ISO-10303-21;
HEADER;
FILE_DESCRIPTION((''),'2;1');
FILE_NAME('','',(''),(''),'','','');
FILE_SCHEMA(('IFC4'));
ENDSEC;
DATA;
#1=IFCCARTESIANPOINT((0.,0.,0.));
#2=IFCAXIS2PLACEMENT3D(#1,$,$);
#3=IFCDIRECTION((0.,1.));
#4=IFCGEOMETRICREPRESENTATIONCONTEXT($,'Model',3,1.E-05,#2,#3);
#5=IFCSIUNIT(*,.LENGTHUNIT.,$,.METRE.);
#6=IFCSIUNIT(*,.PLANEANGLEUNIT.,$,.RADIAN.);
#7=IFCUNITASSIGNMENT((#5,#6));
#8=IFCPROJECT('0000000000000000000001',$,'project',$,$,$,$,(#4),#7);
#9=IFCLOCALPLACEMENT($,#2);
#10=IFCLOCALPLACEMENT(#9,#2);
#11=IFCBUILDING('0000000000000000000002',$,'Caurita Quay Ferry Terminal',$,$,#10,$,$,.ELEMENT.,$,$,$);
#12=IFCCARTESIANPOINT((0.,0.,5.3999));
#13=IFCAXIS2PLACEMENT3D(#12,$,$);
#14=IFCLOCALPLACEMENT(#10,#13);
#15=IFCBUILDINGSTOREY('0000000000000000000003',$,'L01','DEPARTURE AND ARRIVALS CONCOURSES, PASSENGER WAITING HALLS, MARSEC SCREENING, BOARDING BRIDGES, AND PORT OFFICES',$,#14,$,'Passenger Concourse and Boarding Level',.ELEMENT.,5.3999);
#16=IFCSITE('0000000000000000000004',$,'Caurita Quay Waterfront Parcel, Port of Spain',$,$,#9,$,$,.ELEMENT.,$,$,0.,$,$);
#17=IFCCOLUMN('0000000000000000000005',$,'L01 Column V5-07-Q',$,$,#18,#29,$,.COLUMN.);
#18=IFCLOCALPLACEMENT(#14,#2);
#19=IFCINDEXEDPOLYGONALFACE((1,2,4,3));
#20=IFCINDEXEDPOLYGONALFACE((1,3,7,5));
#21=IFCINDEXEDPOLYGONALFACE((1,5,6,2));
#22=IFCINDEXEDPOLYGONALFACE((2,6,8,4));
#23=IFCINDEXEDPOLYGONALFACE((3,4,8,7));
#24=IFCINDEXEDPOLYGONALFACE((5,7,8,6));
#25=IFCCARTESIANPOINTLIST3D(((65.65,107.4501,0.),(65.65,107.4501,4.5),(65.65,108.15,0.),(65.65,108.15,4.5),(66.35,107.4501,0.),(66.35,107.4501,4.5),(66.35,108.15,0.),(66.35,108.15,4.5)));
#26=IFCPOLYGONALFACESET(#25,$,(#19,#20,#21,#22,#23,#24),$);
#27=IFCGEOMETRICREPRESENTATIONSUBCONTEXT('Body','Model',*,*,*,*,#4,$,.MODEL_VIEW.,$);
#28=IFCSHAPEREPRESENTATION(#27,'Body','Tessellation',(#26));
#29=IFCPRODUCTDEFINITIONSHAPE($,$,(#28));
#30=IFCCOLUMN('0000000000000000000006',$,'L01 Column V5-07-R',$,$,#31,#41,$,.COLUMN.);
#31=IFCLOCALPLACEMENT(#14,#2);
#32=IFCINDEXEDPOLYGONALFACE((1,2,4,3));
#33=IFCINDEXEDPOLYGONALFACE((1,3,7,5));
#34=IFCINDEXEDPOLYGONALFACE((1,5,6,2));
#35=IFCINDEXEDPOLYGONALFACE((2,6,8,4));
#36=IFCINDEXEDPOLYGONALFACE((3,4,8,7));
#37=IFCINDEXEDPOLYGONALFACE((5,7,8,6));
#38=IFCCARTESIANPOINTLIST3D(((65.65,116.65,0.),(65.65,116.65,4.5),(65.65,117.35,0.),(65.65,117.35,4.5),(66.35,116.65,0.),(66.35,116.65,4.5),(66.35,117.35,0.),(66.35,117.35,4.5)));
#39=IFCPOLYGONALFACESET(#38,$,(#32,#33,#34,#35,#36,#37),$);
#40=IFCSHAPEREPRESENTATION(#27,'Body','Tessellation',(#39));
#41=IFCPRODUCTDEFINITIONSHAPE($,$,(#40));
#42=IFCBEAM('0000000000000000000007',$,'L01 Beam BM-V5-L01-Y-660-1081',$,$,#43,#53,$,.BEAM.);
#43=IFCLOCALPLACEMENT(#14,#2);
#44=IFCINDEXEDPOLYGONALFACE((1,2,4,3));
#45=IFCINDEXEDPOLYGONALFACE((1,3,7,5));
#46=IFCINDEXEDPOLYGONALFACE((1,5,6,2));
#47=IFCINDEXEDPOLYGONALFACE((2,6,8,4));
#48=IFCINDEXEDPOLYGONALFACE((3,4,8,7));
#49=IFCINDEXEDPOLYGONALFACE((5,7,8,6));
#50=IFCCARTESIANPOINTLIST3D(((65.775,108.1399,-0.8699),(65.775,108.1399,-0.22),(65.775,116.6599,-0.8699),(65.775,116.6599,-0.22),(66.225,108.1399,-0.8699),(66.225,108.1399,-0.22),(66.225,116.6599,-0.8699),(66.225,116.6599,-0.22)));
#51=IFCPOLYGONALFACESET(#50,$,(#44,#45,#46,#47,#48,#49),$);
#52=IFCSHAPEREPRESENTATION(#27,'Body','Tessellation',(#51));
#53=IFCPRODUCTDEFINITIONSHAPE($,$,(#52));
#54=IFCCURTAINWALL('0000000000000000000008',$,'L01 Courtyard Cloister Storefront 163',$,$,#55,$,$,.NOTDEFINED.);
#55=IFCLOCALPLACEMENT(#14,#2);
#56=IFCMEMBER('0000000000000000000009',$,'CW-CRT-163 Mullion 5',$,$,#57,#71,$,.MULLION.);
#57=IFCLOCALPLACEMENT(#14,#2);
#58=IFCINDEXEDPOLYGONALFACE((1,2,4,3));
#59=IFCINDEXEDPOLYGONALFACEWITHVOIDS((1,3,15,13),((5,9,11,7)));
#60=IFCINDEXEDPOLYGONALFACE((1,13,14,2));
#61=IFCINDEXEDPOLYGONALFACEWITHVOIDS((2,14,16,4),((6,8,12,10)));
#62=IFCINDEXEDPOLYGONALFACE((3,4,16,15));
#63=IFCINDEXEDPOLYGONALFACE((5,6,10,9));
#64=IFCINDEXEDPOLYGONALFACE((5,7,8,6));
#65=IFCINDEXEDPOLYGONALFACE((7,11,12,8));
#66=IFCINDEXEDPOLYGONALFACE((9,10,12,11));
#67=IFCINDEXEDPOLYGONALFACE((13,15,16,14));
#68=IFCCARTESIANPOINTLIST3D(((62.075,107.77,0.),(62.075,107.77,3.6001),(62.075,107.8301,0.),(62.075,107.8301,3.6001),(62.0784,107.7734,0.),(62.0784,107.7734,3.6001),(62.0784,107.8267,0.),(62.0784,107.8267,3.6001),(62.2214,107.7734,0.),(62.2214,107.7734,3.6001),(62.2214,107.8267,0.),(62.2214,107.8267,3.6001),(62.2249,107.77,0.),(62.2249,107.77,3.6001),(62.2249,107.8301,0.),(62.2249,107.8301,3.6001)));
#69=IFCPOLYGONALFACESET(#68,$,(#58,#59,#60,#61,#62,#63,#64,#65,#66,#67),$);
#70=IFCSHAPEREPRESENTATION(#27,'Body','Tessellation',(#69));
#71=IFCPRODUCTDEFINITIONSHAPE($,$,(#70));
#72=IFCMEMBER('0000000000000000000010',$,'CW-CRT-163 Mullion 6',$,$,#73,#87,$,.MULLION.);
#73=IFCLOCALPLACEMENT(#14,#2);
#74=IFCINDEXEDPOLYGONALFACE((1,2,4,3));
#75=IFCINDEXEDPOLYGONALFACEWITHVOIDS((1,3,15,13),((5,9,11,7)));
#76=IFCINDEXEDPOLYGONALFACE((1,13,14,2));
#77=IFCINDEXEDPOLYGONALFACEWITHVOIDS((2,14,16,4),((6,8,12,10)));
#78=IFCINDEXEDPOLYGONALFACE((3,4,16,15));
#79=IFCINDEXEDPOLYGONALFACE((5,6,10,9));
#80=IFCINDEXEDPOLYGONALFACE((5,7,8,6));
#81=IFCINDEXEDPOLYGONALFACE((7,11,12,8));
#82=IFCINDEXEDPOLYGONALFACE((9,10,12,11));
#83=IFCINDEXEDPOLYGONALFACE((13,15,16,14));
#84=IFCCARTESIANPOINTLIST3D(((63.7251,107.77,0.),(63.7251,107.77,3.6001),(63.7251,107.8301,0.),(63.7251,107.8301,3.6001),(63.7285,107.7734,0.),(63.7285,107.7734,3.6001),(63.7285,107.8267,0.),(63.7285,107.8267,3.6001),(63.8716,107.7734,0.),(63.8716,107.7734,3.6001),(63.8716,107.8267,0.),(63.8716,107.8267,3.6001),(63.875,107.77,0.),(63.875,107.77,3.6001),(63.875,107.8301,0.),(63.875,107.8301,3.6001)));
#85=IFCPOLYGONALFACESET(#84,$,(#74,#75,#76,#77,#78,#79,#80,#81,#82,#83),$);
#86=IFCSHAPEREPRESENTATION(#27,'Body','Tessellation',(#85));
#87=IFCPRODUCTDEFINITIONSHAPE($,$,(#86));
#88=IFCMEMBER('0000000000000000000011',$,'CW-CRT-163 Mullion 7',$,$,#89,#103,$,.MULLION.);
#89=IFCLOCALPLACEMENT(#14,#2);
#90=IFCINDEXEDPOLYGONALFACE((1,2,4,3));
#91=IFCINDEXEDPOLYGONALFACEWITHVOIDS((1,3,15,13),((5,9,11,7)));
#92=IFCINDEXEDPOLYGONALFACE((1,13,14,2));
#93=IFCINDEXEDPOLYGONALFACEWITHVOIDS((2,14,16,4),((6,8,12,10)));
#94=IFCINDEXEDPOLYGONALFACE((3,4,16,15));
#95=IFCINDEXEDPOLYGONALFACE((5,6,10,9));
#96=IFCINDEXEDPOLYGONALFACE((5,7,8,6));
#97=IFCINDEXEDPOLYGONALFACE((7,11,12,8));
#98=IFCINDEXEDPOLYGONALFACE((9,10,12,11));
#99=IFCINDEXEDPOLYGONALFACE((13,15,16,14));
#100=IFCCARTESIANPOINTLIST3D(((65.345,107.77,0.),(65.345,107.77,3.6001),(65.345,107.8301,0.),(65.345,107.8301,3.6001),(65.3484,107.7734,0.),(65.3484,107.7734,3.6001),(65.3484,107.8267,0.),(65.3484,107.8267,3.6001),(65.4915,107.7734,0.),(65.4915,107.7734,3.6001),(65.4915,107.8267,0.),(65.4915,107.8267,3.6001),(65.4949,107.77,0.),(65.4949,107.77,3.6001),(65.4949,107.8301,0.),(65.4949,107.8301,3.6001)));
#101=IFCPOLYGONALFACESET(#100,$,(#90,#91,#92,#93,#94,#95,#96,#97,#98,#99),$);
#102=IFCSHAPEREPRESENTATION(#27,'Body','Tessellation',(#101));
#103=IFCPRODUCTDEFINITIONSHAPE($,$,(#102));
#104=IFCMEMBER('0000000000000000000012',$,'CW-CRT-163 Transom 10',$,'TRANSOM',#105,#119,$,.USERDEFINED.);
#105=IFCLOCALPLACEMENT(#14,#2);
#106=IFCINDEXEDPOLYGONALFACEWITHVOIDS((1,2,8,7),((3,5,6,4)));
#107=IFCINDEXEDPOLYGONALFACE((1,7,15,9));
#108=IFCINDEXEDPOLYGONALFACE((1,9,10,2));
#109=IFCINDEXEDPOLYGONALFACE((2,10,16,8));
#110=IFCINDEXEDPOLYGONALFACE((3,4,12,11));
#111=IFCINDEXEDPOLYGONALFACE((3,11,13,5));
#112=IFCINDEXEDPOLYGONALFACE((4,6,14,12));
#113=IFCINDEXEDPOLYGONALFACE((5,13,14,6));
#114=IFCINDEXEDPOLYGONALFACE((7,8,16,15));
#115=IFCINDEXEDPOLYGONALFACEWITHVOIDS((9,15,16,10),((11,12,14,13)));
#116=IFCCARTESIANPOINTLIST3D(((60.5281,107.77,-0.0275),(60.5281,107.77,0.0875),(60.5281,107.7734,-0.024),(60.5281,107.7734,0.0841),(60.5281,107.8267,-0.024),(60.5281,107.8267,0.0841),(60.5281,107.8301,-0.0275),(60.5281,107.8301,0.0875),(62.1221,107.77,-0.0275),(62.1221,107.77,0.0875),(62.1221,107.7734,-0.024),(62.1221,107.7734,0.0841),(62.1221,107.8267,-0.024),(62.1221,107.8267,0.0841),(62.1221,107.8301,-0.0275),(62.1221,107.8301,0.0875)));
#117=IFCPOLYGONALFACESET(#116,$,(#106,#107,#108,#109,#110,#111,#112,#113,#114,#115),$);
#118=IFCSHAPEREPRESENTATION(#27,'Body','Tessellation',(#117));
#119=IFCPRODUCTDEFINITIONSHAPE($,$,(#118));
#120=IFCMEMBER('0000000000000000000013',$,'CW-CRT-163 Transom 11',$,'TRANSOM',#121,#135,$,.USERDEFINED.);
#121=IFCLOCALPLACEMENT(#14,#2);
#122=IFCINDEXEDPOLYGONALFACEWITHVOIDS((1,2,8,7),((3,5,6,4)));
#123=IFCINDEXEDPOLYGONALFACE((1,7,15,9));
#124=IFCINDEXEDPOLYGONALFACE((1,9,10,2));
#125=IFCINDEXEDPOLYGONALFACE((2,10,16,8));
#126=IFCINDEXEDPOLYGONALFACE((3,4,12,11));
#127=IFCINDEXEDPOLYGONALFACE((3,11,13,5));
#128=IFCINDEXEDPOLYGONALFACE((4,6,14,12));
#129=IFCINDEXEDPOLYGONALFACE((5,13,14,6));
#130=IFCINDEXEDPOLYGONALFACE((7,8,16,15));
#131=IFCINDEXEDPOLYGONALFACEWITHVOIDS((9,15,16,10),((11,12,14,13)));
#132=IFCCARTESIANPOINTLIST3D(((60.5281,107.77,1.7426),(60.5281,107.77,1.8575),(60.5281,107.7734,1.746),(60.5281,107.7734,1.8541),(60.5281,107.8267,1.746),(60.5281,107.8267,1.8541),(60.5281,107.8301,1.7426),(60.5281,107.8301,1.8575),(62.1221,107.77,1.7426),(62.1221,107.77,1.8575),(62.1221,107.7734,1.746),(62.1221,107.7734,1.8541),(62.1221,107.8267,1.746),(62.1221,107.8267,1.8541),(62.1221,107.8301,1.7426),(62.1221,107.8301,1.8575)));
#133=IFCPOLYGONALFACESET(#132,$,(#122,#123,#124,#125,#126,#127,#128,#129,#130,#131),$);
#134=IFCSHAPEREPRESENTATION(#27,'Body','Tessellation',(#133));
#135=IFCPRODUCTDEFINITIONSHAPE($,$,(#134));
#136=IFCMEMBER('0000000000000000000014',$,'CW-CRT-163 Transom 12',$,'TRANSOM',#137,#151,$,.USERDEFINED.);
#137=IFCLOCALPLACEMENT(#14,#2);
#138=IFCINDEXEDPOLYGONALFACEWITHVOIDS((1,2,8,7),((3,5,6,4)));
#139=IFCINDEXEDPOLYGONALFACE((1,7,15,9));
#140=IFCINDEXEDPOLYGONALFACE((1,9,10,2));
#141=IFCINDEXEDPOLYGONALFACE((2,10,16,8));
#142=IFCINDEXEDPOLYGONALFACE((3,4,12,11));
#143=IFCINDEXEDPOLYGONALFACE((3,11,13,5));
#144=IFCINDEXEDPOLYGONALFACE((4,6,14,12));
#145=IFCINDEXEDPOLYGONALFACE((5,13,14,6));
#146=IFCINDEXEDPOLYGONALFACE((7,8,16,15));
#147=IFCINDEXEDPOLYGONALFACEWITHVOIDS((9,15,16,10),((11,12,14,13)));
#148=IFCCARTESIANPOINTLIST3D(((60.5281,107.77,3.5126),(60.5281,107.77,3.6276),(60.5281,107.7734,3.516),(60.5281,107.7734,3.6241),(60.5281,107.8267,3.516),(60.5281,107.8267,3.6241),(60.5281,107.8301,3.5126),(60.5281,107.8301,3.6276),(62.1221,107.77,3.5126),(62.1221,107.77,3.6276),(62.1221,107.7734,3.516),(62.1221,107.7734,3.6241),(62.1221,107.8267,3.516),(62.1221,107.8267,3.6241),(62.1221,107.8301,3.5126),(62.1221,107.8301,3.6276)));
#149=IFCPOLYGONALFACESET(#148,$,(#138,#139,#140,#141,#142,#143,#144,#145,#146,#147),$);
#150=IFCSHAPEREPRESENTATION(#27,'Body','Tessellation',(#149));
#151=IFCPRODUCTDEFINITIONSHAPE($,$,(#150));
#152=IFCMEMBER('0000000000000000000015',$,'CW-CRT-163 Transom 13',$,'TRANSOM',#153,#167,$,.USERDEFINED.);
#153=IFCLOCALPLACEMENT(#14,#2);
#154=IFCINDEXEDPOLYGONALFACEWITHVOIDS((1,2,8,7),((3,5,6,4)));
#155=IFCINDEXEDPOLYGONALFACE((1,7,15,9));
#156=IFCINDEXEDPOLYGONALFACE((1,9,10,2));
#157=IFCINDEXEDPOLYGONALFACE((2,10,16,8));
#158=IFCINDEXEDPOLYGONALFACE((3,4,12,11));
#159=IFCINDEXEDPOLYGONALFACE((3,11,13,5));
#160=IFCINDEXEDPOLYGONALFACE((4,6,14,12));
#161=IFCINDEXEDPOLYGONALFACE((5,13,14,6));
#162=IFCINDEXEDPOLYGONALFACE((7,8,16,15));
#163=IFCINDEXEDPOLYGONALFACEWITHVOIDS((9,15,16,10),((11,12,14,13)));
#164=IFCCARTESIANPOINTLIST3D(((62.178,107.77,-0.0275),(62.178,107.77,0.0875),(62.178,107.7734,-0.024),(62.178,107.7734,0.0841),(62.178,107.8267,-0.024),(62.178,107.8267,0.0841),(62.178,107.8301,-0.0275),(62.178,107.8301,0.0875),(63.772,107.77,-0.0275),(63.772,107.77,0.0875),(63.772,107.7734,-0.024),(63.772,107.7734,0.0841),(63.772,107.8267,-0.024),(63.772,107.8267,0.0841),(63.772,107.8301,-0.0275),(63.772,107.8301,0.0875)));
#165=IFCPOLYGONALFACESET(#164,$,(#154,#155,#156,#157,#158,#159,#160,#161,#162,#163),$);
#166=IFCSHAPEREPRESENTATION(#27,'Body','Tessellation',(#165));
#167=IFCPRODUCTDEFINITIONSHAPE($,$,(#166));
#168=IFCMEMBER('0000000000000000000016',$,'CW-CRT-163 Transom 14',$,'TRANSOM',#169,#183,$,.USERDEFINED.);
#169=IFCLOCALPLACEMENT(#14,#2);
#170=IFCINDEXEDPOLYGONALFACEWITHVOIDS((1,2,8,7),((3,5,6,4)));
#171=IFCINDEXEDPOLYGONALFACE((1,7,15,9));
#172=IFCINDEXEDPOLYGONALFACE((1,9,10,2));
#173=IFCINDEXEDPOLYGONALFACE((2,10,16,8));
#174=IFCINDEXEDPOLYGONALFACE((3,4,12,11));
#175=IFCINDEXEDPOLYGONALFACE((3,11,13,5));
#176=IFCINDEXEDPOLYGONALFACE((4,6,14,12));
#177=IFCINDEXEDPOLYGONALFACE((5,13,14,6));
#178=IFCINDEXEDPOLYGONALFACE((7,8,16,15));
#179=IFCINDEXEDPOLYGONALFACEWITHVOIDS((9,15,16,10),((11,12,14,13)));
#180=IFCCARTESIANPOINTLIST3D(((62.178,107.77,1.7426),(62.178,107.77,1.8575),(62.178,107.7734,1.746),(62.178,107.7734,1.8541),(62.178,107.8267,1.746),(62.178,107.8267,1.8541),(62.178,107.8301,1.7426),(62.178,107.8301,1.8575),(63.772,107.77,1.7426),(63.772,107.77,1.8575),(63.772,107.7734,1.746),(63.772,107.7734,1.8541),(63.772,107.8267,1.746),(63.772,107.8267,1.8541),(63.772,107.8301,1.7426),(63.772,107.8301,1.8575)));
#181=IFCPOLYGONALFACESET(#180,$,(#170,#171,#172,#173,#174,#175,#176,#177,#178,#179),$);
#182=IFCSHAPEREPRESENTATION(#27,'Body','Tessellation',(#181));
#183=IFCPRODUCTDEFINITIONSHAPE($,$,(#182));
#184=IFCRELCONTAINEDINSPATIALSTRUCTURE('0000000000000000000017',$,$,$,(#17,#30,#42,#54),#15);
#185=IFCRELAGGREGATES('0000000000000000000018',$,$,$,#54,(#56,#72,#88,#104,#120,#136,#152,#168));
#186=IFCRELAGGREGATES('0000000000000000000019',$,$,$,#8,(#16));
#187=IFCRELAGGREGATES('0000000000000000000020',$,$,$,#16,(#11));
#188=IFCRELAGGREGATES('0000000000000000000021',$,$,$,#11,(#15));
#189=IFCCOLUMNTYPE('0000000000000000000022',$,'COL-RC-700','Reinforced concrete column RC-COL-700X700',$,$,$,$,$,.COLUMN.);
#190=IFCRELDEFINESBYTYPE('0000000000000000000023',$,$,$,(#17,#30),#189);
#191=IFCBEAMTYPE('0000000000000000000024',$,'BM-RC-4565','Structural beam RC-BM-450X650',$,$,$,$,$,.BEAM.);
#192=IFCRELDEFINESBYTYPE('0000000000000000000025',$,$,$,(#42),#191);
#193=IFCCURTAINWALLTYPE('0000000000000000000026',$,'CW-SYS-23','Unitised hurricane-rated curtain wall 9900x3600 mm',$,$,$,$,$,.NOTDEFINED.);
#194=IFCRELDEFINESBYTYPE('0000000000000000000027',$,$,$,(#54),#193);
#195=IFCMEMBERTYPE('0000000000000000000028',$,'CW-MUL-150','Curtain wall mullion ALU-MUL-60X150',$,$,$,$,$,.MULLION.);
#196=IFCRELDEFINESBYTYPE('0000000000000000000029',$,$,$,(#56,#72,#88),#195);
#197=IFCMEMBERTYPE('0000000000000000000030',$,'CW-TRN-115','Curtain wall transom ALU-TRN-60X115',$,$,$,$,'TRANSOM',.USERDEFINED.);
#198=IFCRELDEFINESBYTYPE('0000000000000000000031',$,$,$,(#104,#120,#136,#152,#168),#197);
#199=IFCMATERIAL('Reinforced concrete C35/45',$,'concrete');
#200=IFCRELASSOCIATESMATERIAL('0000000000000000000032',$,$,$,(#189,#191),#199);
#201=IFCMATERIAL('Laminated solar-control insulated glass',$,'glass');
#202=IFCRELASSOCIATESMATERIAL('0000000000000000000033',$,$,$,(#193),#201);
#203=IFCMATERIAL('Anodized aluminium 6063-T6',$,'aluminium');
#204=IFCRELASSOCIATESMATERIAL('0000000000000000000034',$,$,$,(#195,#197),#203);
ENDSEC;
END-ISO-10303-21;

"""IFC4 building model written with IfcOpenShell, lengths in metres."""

from ifc_helpers import new_model, si_unit, direction, frame, origin, origin_2d, place, context, subcontext, project, spatial, rectangle, hollow_rectangle, extrude, material, material_profile, profile_set, type_object, element, aggregate, save


model = new_model("IFC4")

# Units and contexts
model_context = context("Model", 3, precision=1e-05, world=origin(), true_north=direction((0.0, 1.0)))
body_context = subcontext(model_context, "Body", "Model", "MODEL_VIEW")
ifc_project = project(units=[si_unit("LENGTHUNIT", "METRE"), si_unit("PLANEANGLEUNIT", "RADIAN")], contexts=[model_context])

# Site, building, storey
site_placement = place(None, origin())
site = spatial("IfcSite", under=ifc_project, at=site_placement, Name="Caurita Quay Waterfront Parcel, Port of Spain", CompositionType="ELEMENT", RefElevation=0.0)
building_placement = place(site_placement, origin())
building = spatial("IfcBuilding", under=site, at=building_placement, Name="Caurita Quay Ferry Terminal", CompositionType="ELEMENT")
storey_placement = place(building_placement, frame((0.0, 0.0, 5.3999)))
storey = spatial("IfcBuildingStorey", under=building, at=storey_placement, Name="L01", Description="DEPARTURE AND ARRIVALS CONCOURSES, PASSENGER WAITING HALLS, MARSEC SCREENING, BOARDING BRIDGES, AND PORT OFFICES", LongName="Passenger Concourse and Boarding Level", CompositionType="ELEMENT", Elevation=5.3999)

# Columns
ifc_material_1 = material(Name="Reinforced concrete C35/45", Category="concrete")
ifc_material_profile_1 = material_profile(ifc_material_1, rectangle(XDim=0.7, YDim=0.7, at=origin_2d()), Name="RC-COL-700X700")
ifc_profile_set_1 = profile_set([ifc_material_profile_1], Name="Reinforced concrete C35/45")
column_type = type_object("IfcColumnType", Name="COL-RC-700", Description="Reinforced concrete column RC-COL-700X700", PredefinedType="COLUMN", material=ifc_profile_set_1)
for number, where, z_axis, x_axis, name in (
    (1, (66.0, 107.8, 0.0), (0.0, 0.0, 1.0), (1.0, 0.0, 0.0), "L01 Column V5-07-Q"),
    (2, (66.0, 117.0, 0.0), (0.0, 0.0, 1.0), (1.0, 0.0, 0.0), "L01 Column V5-07-R"),
):
    element("IfcColumn", number, at=place(storey_placement, frame(where, z_axis=z_axis, x_axis=x_axis)), inside=storey, type_object=column_type, Name=name, PredefinedType="COLUMN", context=body_context, shape_type="SweptSolid", body=[
        extrude(rectangle(XDim=0.7, YDim=0.7, at=origin_2d()), origin(), (0.0, 0.0, 1.0), 4.5),
    ])

# Beam
ifc_material_profile_2 = material_profile(ifc_material_1, rectangle(XDim=0.45, YDim=0.6499, at=origin_2d()), Name="RC-BM-450X650")
ifc_profile_set_2 = profile_set([ifc_material_profile_2], Name="Reinforced concrete C35/45")
beam_type = type_object("IfcBeamType", Name="BM-RC-4565", Description="Structural beam RC-BM-450X650", PredefinedType="BEAM", material=ifc_profile_set_2)
beam_placement = place(storey_placement, frame((66.0, 108.1399, -0.5449), z_axis=(0.0, 1.0, 0.0), x_axis=(-1.0, 0.0, 0.0)))
element("IfcBeam", 3, at=beam_placement, inside=storey, type_object=beam_type, Name="L01 Beam BM-V5-L01-Y-660-1081", PredefinedType="BEAM", context=body_context, shape_type="SweptSolid", body=[
    extrude(rectangle(XDim=0.45, YDim=0.6499, at=origin_2d()), origin(), (0.0, 0.0, 1.0), 8.52),
])

# Curtain wall, members
ifc_material_2 = material(Name="Laminated solar-control insulated glass", Category="glass")
curtain_wall_type = type_object("IfcCurtainWallType", Name="CW-SYS-23", Description="Unitised hurricane-rated curtain wall 9900x3600 mm", PredefinedType="NOTDEFINED", material=ifc_material_2)
curtain_wall_placement = place(storey_placement, origin())
curtain_wall = element("IfcCurtainWall", 4, at=curtain_wall_placement, inside=storey, type_object=curtain_wall_type, Name="L01 Courtyard Cloister Storefront 163", PredefinedType="NOTDEFINED")
ifc_material_3 = material(Name="Anodized aluminium 6063-T6", Category="aluminium")
ifc_material_profile_3 = material_profile(ifc_material_3, hollow_rectangle(XDim=0.0601, YDim=0.1499, WallThickness=0.0034, at=origin_2d()), Name="ALU-MUL-60X150")
ifc_profile_set_3 = profile_set([ifc_material_profile_3], Name="Anodized aluminium 6063-T6")
member_type_1 = type_object("IfcMemberType", Name="CW-MUL-150", Description="Curtain wall mullion ALU-MUL-60X150", PredefinedType="MULLION", material=ifc_profile_set_3)
member_1_placement = place(storey_placement, frame((62.1499, 107.8, 0.0), z_axis=(0.0, 0.0, 1.0), x_axis=(0.0, 1.0, 0.0)))
member_1 = element("IfcMember", 5, at=member_1_placement, type_object=member_type_1, Name="CW-CRT-163 Mullion 5", PredefinedType="MULLION", context=body_context, shape_type="SweptSolid", body=[
    extrude(hollow_rectangle(XDim=0.0601, YDim=0.1499, WallThickness=0.0034, at=origin_2d()), origin(), (0.0, 0.0, 1.0), 3.6001),
])
member_2_placement = place(storey_placement, frame((63.8, 107.8, 0.0), z_axis=(0.0, 0.0, 1.0), x_axis=(0.0, 1.0, 0.0)))
member_2 = element("IfcMember", 6, at=member_2_placement, type_object=member_type_1, Name="CW-CRT-163 Mullion 6", PredefinedType="MULLION", context=body_context, shape_type="SweptSolid", body=[
    extrude(hollow_rectangle(XDim=0.0601, YDim=0.1499, WallThickness=0.0034, at=origin_2d()), origin(), (0.0, 0.0, 1.0), 3.6001),
])
member_3_placement = place(storey_placement, frame((65.4199, 107.8, 0.0), z_axis=(0.0, 0.0, 1.0), x_axis=(0.0, 1.0, 0.0)))
member_3 = element("IfcMember", 7, at=member_3_placement, type_object=member_type_1, Name="CW-CRT-163 Mullion 7", PredefinedType="MULLION", context=body_context, shape_type="SweptSolid", body=[
    extrude(hollow_rectangle(XDim=0.0601, YDim=0.1499, WallThickness=0.0034, at=origin_2d()), origin(), (0.0, 0.0, 1.0), 3.6001),
])
ifc_material_profile_4 = material_profile(ifc_material_3, hollow_rectangle(XDim=0.0601, YDim=0.115, WallThickness=0.0034, at=origin_2d()), Name="ALU-TRN-60X115")
ifc_profile_set_4 = profile_set([ifc_material_profile_4], Name="Anodized aluminium 6063-T6")
member_type_2 = type_object("IfcMemberType", Name="CW-TRN-115", Description="Curtain wall transom ALU-TRN-60X115", ElementType="TRANSOM", PredefinedType="USERDEFINED", material=ifc_profile_set_4)
member_4_placement = place(storey_placement, frame((60.5281, 107.8, 0.03), z_axis=(1.0, 0.0, 0.0), x_axis=(0.0, 1.0, 0.0)))
member_4 = element("IfcMember", 8, at=member_4_placement, type_object=member_type_2, Name="CW-CRT-163 Transom 10", ObjectType="TRANSOM", PredefinedType="USERDEFINED", context=body_context, shape_type="SweptSolid", body=[
    extrude(hollow_rectangle(XDim=0.0601, YDim=0.115, WallThickness=0.0034, at=origin_2d()), origin(), (0.0, 0.0, 1.0), 1.594),
])
member_5_placement = place(storey_placement, frame((60.5281, 107.8, 1.8), z_axis=(1.0, 0.0, 0.0), x_axis=(0.0, 1.0, 0.0)))
member_5 = element("IfcMember", 9, at=member_5_placement, type_object=member_type_2, Name="CW-CRT-163 Transom 11", ObjectType="TRANSOM", PredefinedType="USERDEFINED", context=body_context, shape_type="SweptSolid", body=[
    extrude(hollow_rectangle(XDim=0.0601, YDim=0.115, WallThickness=0.0034, at=origin_2d()), origin(), (0.0, 0.0, 1.0), 1.594),
])
member_6_placement = place(storey_placement, frame((60.5281, 107.8, 3.5701), z_axis=(1.0, 0.0, 0.0), x_axis=(0.0, 1.0, 0.0)))
member_6 = element("IfcMember", 10, at=member_6_placement, type_object=member_type_2, Name="CW-CRT-163 Transom 12", ObjectType="TRANSOM", PredefinedType="USERDEFINED", context=body_context, shape_type="SweptSolid", body=[
    extrude(hollow_rectangle(XDim=0.0601, YDim=0.115, WallThickness=0.0034, at=origin_2d()), origin(), (0.0, 0.0, 1.0), 1.594),
])
member_7_placement = place(storey_placement, frame((62.178, 107.8, 0.03), z_axis=(1.0, 0.0, 0.0), x_axis=(0.0, 1.0, 0.0)))
member_7 = element("IfcMember", 11, at=member_7_placement, type_object=member_type_2, Name="CW-CRT-163 Transom 13", ObjectType="TRANSOM", PredefinedType="USERDEFINED", context=body_context, shape_type="SweptSolid", body=[
    extrude(hollow_rectangle(XDim=0.0601, YDim=0.115, WallThickness=0.0034, at=origin_2d()), origin(), (0.0, 0.0, 1.0), 1.594),
])
member_8_placement = place(storey_placement, frame((62.178, 107.8, 1.8), z_axis=(1.0, 0.0, 0.0), x_axis=(0.0, 1.0, 0.0)))
member_8 = element("IfcMember", 12, at=member_8_placement, type_object=member_type_2, Name="CW-CRT-163 Transom 14", ObjectType="TRANSOM", PredefinedType="USERDEFINED", context=body_context, shape_type="SweptSolid", body=[
    extrude(hollow_rectangle(XDim=0.0601, YDim=0.115, WallThickness=0.0034, at=origin_2d()), origin(), (0.0, 0.0, 1.0), 1.594),
])
aggregate(curtain_wall, [member_1, member_2, member_3, member_4, member_5, member_6, member_7, member_8])

save(model, "model.ifc")
